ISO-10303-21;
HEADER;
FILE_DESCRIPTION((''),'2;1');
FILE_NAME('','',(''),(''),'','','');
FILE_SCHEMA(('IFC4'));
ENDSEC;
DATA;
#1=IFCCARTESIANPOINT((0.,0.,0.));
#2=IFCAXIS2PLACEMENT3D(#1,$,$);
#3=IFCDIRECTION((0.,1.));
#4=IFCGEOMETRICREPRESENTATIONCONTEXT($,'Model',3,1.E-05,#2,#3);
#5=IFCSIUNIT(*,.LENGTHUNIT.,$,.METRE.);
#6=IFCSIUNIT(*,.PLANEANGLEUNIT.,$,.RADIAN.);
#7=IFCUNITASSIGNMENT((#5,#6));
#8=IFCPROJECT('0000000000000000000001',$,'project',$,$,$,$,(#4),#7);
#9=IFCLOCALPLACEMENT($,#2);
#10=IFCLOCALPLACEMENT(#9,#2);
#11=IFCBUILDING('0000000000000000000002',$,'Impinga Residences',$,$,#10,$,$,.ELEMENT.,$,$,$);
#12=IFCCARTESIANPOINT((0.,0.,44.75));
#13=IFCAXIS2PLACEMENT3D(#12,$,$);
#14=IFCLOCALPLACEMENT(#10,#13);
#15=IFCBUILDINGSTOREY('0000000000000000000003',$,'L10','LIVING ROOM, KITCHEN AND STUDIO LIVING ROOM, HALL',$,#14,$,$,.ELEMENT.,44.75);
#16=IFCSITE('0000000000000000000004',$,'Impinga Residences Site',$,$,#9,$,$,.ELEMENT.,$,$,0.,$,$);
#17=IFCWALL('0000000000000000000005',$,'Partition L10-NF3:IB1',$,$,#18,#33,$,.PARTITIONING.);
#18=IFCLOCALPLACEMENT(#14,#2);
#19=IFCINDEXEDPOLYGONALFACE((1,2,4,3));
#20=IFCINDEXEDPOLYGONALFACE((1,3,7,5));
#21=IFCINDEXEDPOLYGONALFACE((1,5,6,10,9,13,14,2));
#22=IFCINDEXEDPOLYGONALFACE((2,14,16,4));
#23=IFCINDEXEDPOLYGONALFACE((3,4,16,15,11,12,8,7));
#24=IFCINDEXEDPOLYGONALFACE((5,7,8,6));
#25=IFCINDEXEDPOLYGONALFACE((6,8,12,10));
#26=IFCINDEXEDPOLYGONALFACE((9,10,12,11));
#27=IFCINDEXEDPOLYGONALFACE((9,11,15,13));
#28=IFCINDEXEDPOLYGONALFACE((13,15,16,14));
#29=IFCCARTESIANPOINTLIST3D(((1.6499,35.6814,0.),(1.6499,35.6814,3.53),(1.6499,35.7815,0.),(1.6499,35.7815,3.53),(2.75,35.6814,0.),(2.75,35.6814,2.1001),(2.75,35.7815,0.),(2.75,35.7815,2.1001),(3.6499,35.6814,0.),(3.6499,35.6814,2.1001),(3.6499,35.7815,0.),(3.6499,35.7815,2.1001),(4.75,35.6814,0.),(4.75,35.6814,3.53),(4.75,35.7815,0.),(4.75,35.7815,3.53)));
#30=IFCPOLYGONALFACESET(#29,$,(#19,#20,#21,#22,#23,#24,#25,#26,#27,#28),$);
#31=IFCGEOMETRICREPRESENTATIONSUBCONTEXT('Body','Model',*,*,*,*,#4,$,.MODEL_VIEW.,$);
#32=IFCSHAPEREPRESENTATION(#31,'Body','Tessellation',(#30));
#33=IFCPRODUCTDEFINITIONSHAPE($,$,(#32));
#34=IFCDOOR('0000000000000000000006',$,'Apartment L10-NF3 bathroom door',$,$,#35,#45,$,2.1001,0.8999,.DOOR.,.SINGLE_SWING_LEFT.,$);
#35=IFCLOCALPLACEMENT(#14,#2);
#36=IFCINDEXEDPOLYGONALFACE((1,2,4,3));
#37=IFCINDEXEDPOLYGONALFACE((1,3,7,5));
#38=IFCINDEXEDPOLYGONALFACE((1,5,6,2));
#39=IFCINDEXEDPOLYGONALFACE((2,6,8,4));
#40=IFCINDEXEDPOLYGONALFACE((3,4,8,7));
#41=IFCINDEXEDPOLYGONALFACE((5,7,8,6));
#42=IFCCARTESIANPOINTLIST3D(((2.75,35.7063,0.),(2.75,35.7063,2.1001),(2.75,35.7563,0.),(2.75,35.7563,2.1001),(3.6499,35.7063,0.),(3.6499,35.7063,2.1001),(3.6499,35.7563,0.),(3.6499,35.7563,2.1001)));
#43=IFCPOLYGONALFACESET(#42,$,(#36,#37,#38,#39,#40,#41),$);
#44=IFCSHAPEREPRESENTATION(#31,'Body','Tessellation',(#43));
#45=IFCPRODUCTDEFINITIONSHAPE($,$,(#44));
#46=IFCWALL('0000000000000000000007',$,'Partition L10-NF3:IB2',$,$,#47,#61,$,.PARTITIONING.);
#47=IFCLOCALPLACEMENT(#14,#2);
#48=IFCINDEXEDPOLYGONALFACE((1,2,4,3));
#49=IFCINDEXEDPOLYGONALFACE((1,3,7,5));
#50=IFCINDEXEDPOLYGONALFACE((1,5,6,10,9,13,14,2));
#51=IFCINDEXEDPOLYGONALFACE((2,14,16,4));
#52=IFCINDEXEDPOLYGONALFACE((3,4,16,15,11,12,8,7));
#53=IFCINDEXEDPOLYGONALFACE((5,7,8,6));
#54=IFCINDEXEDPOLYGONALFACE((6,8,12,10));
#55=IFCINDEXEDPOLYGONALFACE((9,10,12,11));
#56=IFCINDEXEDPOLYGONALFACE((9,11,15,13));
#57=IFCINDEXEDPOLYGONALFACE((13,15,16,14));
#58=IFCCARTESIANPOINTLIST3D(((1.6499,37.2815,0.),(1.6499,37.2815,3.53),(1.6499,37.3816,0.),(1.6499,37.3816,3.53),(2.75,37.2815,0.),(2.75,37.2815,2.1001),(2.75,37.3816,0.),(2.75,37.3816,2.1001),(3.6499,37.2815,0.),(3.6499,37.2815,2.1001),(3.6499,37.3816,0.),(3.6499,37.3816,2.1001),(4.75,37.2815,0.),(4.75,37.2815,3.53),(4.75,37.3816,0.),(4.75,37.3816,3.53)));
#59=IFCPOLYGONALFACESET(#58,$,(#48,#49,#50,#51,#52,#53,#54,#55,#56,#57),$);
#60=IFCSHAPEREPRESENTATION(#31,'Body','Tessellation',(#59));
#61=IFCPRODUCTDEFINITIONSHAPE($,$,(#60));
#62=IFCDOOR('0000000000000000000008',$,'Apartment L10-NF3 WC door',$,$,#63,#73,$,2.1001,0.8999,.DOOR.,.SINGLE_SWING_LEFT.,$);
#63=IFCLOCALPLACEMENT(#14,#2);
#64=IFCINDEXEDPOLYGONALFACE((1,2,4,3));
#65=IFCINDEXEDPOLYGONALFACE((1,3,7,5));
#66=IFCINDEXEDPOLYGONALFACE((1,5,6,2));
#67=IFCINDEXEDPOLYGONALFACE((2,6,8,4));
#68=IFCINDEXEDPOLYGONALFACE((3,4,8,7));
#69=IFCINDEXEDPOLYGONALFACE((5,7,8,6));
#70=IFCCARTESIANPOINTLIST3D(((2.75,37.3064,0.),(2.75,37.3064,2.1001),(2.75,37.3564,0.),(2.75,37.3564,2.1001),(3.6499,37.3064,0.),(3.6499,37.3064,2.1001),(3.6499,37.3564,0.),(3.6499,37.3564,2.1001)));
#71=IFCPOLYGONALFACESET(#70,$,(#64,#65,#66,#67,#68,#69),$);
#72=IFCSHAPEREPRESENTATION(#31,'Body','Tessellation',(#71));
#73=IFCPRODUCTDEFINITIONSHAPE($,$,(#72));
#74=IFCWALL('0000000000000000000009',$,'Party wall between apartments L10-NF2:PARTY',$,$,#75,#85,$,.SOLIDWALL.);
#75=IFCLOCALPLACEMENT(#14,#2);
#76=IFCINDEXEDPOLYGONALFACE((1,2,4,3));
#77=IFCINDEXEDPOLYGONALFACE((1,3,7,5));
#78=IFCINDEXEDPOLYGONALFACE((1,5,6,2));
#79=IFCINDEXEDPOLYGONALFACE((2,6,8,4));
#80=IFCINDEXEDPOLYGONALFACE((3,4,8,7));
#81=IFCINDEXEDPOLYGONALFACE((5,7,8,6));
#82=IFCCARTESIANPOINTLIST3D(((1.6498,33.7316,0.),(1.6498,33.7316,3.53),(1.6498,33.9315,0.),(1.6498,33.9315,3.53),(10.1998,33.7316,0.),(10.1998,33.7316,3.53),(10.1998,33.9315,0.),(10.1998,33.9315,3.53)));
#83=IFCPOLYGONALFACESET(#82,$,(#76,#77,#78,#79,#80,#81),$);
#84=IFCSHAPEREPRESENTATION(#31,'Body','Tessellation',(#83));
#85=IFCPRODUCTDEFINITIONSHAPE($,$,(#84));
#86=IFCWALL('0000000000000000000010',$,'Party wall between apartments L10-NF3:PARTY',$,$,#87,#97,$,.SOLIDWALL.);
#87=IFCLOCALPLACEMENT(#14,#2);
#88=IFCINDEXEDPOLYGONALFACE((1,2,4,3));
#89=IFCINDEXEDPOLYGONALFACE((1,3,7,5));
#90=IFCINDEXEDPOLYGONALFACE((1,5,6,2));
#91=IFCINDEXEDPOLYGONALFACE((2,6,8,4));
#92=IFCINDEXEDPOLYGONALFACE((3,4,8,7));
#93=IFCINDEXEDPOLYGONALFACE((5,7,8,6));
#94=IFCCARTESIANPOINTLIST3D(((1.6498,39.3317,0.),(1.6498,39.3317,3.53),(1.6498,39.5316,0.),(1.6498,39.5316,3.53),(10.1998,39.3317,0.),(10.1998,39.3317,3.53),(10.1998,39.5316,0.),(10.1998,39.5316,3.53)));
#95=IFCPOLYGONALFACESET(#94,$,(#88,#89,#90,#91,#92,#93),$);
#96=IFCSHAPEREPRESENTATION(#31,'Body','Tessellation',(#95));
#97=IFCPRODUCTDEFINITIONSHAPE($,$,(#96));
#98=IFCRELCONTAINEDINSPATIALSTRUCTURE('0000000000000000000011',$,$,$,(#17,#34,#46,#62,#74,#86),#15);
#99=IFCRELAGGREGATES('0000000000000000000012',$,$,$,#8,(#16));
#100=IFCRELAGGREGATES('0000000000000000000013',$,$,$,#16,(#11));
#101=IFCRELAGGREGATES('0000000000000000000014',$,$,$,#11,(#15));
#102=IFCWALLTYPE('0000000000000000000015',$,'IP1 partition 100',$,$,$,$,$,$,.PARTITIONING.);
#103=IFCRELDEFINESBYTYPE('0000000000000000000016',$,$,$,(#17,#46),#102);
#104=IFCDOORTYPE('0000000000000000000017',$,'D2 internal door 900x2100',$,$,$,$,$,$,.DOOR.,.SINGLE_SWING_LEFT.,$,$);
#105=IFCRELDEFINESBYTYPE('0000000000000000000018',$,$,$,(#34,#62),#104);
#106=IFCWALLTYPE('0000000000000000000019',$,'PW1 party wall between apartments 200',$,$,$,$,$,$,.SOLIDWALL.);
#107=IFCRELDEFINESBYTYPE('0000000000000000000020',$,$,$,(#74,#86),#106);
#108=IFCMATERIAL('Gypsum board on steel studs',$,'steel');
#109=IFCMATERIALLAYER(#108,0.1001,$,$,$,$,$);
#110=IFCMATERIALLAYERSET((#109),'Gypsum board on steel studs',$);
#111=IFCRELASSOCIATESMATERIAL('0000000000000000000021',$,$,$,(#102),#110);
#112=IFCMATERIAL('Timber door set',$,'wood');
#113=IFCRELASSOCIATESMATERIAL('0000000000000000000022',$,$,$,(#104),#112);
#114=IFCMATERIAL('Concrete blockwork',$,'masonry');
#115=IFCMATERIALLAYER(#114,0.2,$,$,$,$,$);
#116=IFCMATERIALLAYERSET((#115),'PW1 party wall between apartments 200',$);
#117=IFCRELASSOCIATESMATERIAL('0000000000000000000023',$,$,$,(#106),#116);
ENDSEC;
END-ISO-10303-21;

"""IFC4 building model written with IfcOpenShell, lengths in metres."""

from ifc_helpers import new_model, si_unit, direction, frame, frame_2d, origin, place, context, subcontext, project, spatial, rectangle, extrude, material, layer, layer_set, type_object, element, fill, save


model = new_model("IFC4")

# Units and contexts
model_context = context("Model", 3, precision=1e-05, world=origin(), true_north=direction((0.0, 1.0)))
body_context = subcontext(model_context, "Body", "Model", "MODEL_VIEW")
ifc_project = project(units=[si_unit("LENGTHUNIT", "METRE"), si_unit("PLANEANGLEUNIT", "RADIAN")], contexts=[model_context])

# Site, building, storey
site_placement = place(None, origin())
site = spatial("IfcSite", under=ifc_project, at=site_placement, Name="Impinga Residences Site", CompositionType="ELEMENT", RefElevation=0.0)
building_placement = place(site_placement, origin())
building = spatial("IfcBuilding", under=site, at=building_placement, Name="Impinga Residences", CompositionType="ELEMENT")
storey_placement = place(building_placement, frame((0.0, 0.0, 44.75)))
storey = spatial("IfcBuildingStorey", under=building, at=storey_placement, Name="L10", Description="LIVING ROOM, KITCHEN AND STUDIO LIVING ROOM, HALL", CompositionType="ELEMENT", Elevation=44.75)

# Shared definitions
ifc_material_1 = material(Name="Gypsum board on steel studs", Category="steel")
ifc_layer_1 = layer(ifc_material_1, 0.1001)
ifc_layer_set_1 = layer_set([ifc_layer_1], Name="Gypsum board on steel studs")
wall_type_1 = type_object("IfcWallType", Name="IP1 partition 100", PredefinedType="PARTITIONING", material=ifc_layer_set_1)

# Shared definitions
ifc_material_2 = material(Name="Timber door set", Category="wood")
door_type = type_object("IfcDoorType", Name="D2 internal door 900x2100", OperationType="SINGLE_SWING_LEFT", PredefinedType="DOOR", material=ifc_material_2)

# Walls, openings, doors
wall_1_placement = place(storey_placement, frame((1.6499, 35.7314, 0.0), z_axis=(0.0, 0.0, 1.0), x_axis=(1.0, 0.0, 0.0)))
wall_1 = element("IfcWall", 1, at=wall_1_placement, inside=storey, type_object=wall_type_1, Name="Partition L10-NF3:IB1", PredefinedType="PARTITIONING", context=body_context, shape_type="SweptSolid", body=[
    extrude(rectangle(XDim=3.1001, YDim=0.1001, at=frame_2d((1.55, 0.0))), origin(), (0.0, 0.0, 1.0), 3.53),
])
opening_1_placement = place(wall_1_placement, frame((1.1001, 0.0, 0.0)))
opening_1 = element("IfcOpeningElement", 2, at=opening_1_placement, cuts=wall_1, PredefinedType="OPENING", context=body_context, shape_type="SweptSolid", body=[
    extrude(rectangle(XDim=0.8999, YDim=2.1001, at=frame_2d((0.45, 1.05))), frame((0.0, 0.0601, 0.0), z_axis=(0.0, -1.0, 0.0), x_axis=(1.0, 0.0, 0.0)), (0.0, 0.0, 1.0), 0.1201),
])
door_1_placement = place(opening_1_placement, origin())
door_1 = element("IfcDoor", 3, at=door_1_placement, inside=storey, type_object=door_type, Name="Apartment L10-NF3 bathroom door", OperationType="SINGLE_SWING_LEFT", OverallHeight=2.1001, OverallWidth=0.8999, PredefinedType="DOOR", context=body_context, shape_type="SweptSolid", body=[
    extrude(rectangle(XDim=0.8999, YDim=2.1001, at=frame_2d((0.45, 1.05))), frame((0.0, 0.0249, 0.0), z_axis=(0.0, -1.0, 0.0), x_axis=(1.0, 0.0, 0.0)), (0.0, 0.0, 1.0), 0.05),
])
fill(opening_1, door_1)
wall_2_placement = place(storey_placement, frame((1.6499, 37.3315, 0.0), z_axis=(0.0, 0.0, 1.0), x_axis=(1.0, 0.0, 0.0)))
wall_2 = element("IfcWall", 4, at=wall_2_placement, inside=storey, type_object=wall_type_1, Name="Partition L10-NF3:IB2", PredefinedType="PARTITIONING", context=body_context, shape_type="SweptSolid", body=[
    extrude(rectangle(XDim=3.1001, YDim=0.1001, at=frame_2d((1.55, 0.0))), origin(), (0.0, 0.0, 1.0), 3.53),
])
opening_2_placement = place(wall_2_placement, frame((1.1001, 0.0, 0.0)))
opening_2 = element("IfcOpeningElement", 5, at=opening_2_placement, cuts=wall_2, PredefinedType="OPENING", context=body_context, shape_type="SweptSolid", body=[
    extrude(rectangle(XDim=0.8999, YDim=2.1001, at=frame_2d((0.45, 1.05))), frame((0.0, 0.0601, 0.0), z_axis=(0.0, -1.0, 0.0), x_axis=(1.0, 0.0, 0.0)), (0.0, 0.0, 1.0), 0.1201),
])
door_2_placement = place(opening_2_placement, origin())
door_2 = element("IfcDoor", 6, at=door_2_placement, inside=storey, type_object=door_type, Name="Apartment L10-NF3 WC door", OperationType="SINGLE_SWING_LEFT", OverallHeight=2.1001, OverallWidth=0.8999, PredefinedType="DOOR", context=body_context, shape_type="SweptSolid", body=[
    extrude(rectangle(XDim=0.8999, YDim=2.1001, at=frame_2d((0.45, 1.05))), frame((0.0, 0.0249, 0.0), z_axis=(0.0, -1.0, 0.0), x_axis=(1.0, 0.0, 0.0)), (0.0, 0.0, 1.0), 0.05),
])
fill(opening_2, door_2)

# Walls
ifc_material_3 = material(Name="Concrete blockwork", Category="masonry")
ifc_layer_2 = layer(ifc_material_3, 0.2)
ifc_layer_set_2 = layer_set([ifc_layer_2], Name="PW1 party wall between apartments 200")
wall_type_2 = type_object("IfcWallType", Name="PW1 party wall between apartments 200", PredefinedType="SOLIDWALL", material=ifc_layer_set_2)
for number, where, z_axis, x_axis, name in (
    (7, (1.6499, 33.8315, 0.0), (0.0, 0.0, 1.0), (1.0, 0.0, 0.0), "Party wall between apartments L10-NF2:PARTY"),
    (8, (1.6499, 39.4316, 0.0), (0.0, 0.0, 1.0), (1.0, 0.0, 0.0), "Party wall between apartments L10-NF3:PARTY"),
):
    element("IfcWall", number, at=place(storey_placement, frame(where, z_axis=z_axis, x_axis=x_axis)), inside=storey, type_object=wall_type_2, Name=name, PredefinedType="SOLIDWALL", context=body_context, shape_type="SweptSolid", body=[
        extrude(rectangle(XDim=8.55, YDim=0.2, at=frame_2d((4.2749, 0.0))), origin(), (0.0, 0.0, 1.0), 3.53),
    ])

save(model, "model.ifc")
